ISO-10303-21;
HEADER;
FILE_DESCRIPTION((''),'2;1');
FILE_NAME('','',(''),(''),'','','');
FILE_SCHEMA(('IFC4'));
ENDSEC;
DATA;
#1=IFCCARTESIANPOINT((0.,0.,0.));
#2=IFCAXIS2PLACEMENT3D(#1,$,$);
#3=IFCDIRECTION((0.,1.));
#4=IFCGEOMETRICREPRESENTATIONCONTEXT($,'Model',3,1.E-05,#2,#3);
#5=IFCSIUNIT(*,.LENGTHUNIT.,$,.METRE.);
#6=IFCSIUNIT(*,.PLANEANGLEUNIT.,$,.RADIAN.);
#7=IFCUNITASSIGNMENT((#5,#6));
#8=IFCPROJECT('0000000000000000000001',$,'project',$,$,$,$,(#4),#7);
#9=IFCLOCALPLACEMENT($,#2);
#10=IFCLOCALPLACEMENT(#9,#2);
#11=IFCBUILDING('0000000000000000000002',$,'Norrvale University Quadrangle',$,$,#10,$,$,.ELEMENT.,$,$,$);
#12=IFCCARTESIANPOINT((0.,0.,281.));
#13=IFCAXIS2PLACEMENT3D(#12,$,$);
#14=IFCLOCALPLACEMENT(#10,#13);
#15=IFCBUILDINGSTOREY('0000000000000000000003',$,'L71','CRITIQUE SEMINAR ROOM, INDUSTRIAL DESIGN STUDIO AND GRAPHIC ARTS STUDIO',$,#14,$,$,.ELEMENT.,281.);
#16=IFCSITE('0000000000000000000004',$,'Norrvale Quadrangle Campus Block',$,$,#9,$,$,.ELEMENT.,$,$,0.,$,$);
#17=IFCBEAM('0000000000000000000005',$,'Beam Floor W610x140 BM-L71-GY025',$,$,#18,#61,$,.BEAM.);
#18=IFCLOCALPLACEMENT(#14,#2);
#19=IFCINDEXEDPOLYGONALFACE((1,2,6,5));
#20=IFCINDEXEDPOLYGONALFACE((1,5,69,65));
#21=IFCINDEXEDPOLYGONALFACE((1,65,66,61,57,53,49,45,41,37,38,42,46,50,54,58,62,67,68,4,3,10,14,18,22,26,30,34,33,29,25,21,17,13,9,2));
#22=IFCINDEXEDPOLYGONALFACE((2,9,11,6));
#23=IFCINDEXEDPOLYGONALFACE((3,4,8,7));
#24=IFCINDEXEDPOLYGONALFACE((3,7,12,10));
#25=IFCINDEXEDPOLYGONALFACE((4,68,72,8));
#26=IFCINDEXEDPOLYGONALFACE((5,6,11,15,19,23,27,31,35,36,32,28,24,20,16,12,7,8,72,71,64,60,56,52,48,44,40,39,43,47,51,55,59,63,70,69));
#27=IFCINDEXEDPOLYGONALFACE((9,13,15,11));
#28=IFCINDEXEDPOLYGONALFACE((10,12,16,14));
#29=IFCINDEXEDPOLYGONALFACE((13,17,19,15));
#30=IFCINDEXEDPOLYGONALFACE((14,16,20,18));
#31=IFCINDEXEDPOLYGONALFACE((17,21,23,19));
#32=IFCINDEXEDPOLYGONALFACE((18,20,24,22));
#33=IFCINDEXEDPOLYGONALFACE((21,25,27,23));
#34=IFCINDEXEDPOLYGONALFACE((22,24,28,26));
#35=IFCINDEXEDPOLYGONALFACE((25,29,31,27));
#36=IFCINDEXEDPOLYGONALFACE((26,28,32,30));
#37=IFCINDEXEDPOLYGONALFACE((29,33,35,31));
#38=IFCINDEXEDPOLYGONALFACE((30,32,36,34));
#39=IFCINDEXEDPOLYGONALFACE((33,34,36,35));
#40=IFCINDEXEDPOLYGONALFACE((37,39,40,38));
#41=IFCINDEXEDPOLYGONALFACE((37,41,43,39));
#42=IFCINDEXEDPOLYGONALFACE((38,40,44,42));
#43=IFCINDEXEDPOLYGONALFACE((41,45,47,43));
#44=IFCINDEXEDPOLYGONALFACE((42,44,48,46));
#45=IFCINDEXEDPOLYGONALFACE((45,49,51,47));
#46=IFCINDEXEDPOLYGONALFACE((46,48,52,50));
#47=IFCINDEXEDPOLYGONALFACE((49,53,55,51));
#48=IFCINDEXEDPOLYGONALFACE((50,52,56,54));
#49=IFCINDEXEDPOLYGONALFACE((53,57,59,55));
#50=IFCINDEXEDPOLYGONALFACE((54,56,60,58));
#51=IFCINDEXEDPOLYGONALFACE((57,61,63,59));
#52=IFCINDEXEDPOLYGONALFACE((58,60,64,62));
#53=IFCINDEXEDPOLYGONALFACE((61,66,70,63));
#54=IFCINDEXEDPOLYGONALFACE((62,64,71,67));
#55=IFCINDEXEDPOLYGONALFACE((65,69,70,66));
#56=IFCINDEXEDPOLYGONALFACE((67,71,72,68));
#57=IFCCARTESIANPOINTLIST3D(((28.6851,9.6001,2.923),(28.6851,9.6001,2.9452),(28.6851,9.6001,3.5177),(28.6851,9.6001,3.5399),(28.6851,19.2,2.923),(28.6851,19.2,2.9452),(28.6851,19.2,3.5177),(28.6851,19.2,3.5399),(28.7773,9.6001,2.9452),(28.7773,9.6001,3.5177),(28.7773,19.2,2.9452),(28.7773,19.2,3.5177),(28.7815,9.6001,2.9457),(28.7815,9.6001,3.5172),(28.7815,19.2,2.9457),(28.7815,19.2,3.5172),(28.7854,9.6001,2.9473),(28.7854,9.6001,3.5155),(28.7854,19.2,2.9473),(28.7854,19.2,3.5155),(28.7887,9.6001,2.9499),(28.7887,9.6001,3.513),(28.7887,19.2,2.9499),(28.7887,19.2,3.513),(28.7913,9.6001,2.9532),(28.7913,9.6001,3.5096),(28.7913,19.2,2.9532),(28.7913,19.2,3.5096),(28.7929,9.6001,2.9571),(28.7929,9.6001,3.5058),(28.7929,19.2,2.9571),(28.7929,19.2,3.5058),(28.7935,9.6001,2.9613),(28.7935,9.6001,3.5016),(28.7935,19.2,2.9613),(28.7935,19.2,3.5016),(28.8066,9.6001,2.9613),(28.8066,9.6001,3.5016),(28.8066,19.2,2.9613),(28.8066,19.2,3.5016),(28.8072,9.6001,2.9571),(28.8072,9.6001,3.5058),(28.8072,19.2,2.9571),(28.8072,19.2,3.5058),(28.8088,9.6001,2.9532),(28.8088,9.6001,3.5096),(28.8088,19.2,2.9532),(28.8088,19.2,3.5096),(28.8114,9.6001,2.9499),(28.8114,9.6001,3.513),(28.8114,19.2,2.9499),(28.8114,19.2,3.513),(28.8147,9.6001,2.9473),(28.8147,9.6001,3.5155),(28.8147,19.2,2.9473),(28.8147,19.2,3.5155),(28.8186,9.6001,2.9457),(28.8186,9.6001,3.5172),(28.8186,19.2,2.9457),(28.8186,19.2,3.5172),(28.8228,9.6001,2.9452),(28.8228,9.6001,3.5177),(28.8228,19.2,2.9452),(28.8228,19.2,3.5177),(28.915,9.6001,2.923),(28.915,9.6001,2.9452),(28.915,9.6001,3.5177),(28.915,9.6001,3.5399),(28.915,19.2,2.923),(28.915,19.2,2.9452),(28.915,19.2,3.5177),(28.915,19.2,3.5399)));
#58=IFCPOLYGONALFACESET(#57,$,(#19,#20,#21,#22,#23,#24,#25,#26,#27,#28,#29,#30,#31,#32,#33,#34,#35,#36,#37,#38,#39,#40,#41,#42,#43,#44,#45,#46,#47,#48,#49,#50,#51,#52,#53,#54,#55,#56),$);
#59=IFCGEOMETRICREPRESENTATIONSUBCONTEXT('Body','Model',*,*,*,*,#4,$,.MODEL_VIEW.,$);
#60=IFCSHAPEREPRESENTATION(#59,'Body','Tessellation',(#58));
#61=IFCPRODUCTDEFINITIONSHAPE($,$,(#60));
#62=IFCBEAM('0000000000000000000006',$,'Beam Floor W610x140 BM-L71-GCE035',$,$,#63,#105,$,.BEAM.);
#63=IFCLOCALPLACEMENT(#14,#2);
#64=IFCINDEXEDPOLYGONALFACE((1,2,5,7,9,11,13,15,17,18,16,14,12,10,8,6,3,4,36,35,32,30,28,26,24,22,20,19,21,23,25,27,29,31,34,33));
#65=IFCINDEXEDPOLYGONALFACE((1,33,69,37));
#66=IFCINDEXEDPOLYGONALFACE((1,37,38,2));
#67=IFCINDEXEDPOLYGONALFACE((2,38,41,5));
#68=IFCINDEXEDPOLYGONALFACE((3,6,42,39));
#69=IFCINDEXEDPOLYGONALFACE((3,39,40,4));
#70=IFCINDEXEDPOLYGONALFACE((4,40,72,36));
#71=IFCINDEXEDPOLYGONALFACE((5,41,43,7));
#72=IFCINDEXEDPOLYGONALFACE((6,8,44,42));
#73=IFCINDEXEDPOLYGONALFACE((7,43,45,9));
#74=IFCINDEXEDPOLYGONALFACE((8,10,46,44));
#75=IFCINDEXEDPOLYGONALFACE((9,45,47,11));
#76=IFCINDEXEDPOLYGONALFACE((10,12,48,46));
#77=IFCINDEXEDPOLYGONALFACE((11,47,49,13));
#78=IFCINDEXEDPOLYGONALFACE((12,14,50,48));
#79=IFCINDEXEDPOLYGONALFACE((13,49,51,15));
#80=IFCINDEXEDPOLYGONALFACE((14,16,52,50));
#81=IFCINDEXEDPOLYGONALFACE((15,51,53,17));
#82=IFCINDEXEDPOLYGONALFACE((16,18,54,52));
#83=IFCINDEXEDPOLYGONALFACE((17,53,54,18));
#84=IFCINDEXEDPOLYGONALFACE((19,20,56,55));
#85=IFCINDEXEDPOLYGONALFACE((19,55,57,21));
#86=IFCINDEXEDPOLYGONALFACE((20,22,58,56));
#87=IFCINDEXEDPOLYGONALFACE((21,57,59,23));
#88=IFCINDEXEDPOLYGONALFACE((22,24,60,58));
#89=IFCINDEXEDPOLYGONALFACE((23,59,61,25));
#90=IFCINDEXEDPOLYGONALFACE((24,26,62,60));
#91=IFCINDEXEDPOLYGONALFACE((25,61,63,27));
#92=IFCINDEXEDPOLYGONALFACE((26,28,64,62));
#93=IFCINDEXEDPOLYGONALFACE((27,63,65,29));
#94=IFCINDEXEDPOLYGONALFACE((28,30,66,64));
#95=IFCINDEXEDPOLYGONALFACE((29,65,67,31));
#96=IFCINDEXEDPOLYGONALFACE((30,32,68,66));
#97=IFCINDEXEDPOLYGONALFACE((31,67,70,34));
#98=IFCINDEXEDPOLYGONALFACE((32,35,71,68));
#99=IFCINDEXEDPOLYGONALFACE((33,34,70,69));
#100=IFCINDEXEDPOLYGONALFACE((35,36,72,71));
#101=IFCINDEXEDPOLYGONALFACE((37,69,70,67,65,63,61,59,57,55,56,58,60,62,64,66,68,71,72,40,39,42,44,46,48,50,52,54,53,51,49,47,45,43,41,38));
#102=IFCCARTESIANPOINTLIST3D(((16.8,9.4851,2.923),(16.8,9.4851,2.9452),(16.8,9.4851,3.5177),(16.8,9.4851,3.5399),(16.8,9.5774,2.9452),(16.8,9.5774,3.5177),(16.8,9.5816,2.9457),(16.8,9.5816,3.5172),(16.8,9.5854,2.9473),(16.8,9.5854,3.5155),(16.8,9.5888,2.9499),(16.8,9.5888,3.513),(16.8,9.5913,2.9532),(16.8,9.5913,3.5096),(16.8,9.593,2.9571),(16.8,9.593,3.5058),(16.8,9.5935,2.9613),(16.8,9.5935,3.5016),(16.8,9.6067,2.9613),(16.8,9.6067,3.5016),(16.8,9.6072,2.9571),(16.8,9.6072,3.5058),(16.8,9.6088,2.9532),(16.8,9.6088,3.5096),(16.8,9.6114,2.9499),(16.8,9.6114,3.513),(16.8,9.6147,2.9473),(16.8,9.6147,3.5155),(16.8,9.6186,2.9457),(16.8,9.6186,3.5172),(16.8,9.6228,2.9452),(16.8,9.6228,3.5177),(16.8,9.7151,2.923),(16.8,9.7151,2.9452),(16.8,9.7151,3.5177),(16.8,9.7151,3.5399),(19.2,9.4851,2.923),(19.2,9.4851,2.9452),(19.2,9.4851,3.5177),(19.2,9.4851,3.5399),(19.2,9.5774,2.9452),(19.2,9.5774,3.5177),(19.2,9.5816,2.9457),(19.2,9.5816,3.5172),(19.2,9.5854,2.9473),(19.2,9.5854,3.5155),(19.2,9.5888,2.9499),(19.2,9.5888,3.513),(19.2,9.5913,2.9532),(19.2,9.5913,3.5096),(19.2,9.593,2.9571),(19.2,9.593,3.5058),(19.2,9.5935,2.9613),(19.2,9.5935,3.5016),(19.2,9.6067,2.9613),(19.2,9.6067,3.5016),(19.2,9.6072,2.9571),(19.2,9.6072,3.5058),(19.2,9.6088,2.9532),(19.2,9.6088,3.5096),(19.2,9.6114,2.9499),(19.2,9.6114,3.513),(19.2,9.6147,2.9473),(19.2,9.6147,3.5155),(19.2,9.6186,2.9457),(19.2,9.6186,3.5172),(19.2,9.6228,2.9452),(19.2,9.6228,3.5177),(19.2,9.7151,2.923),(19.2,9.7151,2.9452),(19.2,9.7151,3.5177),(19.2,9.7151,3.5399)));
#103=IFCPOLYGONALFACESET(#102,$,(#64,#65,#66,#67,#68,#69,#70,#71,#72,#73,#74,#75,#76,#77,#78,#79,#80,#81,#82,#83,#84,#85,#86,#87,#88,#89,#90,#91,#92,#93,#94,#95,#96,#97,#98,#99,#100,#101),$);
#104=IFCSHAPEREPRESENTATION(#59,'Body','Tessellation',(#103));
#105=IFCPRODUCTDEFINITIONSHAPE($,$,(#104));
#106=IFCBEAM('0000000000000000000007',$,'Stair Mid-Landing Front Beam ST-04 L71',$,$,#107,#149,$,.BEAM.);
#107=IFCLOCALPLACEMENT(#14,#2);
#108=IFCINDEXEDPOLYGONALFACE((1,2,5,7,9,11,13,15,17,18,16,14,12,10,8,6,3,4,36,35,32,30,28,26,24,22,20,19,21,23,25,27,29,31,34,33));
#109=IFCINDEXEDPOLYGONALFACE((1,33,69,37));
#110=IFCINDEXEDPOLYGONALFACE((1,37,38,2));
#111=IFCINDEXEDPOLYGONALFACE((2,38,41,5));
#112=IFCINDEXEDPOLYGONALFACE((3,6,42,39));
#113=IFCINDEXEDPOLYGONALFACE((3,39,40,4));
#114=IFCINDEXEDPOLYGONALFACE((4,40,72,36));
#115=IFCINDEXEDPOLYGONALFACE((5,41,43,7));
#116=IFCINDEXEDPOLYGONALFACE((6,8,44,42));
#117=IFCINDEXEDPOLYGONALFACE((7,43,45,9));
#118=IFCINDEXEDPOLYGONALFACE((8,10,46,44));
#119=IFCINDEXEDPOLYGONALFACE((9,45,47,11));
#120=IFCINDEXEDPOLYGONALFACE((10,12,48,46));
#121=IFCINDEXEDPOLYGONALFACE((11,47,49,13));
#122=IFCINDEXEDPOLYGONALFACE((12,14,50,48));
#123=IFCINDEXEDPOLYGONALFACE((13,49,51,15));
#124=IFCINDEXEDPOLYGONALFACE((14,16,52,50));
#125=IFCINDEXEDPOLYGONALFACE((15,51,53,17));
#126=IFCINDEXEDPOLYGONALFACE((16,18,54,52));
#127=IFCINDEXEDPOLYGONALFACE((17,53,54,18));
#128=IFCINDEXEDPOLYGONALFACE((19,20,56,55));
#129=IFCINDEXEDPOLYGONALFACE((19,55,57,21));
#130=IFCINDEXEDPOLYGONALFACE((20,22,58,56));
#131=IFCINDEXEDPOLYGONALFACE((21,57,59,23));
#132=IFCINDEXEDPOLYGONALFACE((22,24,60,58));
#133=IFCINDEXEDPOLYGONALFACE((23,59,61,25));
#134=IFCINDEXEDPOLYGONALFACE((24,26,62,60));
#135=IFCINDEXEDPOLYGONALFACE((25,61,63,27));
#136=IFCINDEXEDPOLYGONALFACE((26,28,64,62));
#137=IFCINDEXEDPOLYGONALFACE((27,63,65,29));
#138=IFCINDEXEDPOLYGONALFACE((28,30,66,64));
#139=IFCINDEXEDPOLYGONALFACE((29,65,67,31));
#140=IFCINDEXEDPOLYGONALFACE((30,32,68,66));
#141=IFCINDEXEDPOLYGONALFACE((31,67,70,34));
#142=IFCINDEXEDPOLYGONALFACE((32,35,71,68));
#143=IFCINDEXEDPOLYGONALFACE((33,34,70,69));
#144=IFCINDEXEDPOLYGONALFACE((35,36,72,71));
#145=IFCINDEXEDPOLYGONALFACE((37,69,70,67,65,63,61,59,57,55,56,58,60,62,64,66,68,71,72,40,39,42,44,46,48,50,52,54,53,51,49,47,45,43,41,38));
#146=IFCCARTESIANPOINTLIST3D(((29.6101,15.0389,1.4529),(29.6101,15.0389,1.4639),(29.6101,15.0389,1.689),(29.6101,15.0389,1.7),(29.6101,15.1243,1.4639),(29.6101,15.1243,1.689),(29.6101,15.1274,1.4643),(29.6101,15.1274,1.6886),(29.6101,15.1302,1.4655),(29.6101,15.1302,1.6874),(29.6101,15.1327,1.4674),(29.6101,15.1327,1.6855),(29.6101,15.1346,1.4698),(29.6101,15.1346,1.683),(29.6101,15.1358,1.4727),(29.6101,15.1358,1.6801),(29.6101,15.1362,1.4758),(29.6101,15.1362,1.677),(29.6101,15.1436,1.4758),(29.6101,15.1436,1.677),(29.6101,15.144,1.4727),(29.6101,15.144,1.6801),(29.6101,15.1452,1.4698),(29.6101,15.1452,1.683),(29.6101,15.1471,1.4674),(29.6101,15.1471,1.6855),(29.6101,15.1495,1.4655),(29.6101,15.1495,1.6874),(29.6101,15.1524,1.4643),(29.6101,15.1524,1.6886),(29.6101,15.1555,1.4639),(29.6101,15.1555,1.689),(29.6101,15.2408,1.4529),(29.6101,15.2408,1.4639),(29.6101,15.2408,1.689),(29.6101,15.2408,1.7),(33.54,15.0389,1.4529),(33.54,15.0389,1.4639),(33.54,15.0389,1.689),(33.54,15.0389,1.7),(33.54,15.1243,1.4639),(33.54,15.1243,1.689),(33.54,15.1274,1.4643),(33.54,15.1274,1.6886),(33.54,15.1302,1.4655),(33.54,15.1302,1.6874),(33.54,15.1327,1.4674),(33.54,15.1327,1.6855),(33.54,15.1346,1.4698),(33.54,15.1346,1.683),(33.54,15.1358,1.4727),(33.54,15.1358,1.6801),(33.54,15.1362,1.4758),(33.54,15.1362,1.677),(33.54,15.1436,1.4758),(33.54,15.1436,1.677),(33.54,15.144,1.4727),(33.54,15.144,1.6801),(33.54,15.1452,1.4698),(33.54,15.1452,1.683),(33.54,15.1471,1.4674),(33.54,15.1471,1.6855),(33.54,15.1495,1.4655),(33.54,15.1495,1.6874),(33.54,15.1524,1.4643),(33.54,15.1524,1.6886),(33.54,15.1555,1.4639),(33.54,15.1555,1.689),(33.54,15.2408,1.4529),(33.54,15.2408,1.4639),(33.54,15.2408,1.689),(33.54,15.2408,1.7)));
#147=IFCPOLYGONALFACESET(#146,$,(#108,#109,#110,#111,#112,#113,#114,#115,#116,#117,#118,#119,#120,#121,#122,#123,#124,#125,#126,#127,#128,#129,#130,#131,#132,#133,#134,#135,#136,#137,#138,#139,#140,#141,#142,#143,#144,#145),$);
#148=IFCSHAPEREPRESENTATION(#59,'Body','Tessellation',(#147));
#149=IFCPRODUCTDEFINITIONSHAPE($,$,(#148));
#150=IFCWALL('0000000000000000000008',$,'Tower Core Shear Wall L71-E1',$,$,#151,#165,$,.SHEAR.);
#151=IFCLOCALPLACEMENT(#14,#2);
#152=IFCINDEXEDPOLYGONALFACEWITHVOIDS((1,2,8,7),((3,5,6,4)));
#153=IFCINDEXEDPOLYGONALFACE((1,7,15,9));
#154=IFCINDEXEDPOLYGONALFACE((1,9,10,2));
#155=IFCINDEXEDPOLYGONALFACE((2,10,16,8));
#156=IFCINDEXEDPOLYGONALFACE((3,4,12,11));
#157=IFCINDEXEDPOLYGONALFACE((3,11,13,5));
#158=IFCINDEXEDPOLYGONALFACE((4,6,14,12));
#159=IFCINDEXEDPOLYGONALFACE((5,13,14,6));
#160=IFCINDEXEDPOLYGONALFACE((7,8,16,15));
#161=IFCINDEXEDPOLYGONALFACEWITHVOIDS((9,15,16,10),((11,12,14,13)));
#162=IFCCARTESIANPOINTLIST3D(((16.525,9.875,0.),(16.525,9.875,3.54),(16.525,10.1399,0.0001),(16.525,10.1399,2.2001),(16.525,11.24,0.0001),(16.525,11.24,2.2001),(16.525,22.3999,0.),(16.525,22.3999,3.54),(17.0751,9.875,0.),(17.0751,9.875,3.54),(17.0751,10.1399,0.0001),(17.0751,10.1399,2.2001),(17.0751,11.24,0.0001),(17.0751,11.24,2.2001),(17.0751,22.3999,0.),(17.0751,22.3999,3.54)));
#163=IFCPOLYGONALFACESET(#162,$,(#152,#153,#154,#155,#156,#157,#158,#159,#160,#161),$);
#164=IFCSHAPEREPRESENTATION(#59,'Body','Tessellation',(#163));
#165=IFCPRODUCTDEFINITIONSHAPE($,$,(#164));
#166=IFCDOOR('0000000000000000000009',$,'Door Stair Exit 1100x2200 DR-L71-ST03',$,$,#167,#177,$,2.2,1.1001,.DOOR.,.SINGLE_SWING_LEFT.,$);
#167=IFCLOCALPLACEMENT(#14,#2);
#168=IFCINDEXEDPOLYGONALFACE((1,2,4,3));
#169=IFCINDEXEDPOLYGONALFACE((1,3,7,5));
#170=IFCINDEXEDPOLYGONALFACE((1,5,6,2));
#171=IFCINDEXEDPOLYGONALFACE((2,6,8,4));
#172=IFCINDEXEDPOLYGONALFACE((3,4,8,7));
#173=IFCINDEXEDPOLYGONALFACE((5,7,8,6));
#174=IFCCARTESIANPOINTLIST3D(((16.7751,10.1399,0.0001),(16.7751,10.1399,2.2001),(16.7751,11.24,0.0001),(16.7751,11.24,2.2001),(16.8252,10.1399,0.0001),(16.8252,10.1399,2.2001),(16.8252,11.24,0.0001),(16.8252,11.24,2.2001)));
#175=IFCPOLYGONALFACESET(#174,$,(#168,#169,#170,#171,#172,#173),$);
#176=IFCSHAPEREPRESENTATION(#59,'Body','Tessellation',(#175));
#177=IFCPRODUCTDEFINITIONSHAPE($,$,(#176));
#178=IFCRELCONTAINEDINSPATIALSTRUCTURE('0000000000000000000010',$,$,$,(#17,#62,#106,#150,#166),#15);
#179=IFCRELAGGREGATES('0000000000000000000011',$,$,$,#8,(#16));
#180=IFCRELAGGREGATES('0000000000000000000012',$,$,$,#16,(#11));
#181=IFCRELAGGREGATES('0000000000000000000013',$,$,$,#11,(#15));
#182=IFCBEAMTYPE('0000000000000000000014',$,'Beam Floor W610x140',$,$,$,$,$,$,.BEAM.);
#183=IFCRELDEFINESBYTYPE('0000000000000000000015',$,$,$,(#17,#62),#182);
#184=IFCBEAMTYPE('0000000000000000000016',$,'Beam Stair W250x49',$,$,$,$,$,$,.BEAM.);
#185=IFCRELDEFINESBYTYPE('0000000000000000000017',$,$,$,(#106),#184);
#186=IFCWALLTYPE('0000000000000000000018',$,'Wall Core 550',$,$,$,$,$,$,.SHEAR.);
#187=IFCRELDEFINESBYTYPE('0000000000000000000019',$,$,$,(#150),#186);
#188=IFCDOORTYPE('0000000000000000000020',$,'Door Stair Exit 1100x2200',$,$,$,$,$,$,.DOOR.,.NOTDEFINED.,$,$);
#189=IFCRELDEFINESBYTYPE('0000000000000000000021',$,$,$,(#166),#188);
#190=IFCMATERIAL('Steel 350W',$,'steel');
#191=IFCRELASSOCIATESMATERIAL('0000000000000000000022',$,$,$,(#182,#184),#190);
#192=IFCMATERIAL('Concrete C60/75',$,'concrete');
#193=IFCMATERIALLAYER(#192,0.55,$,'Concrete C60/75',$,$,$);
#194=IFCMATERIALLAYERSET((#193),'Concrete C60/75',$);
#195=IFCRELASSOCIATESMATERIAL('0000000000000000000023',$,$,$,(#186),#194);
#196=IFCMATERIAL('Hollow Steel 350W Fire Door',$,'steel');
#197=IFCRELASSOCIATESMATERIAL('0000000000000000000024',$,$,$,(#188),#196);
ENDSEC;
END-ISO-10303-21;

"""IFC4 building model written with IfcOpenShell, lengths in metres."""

from ifc_helpers import new_model, si_unit, direction, frame, frame_2d, origin, origin_2d, place, context, subcontext, project, spatial, rectangle, i_section, extrude, material, layer, layer_set, material_profile, profile_set, type_object, element, fill, save


model = new_model("IFC4")

# Units and contexts
model_context = context("Model", 3, precision=1e-05, world=origin(), true_north=direction((0.0, 1.0)))
body_context = subcontext(model_context, "Body", "Model", "MODEL_VIEW")
ifc_project = project(units=[si_unit("LENGTHUNIT", "METRE"), si_unit("PLANEANGLEUNIT", "RADIAN")], contexts=[model_context])

# Site, building, storey
site_placement = place(None, origin())
site = spatial("IfcSite", under=ifc_project, at=site_placement, Name="Norrvale Quadrangle Campus Block", CompositionType="ELEMENT", RefElevation=0.0)
building_placement = place(site_placement, origin())
building = spatial("IfcBuilding", under=site, at=building_placement, Name="Norrvale University Quadrangle", CompositionType="ELEMENT")
storey_placement = place(building_placement, frame((0.0, 0.0, 281.0)))
storey = spatial("IfcBuildingStorey", under=building, at=storey_placement, Name="L71", Description="CRITIQUE SEMINAR ROOM, INDUSTRIAL DESIGN STUDIO AND GRAPHIC ARTS STUDIO", CompositionType="ELEMENT", Elevation=281.0)

# Shared definitions
ifc_material_1 = material(Name="Concrete C60/75", Category="concrete")

# Beams
ifc_material_2 = material(Name="Steel 350W", Category="steel")
ifc_material_profile_1 = material_profile(ifc_material_2, i_section(OverallWidth=0.23, OverallDepth=0.6169, WebThickness=0.0132, FlangeThickness=0.0222, FilletRadius=0.0161, at=origin_2d()), Name="Steel 350W")
ifc_profile_set_1 = profile_set([ifc_material_profile_1], Name="Steel 350W")
beam_type_1 = type_object("IfcBeamType", Name="Beam Floor W610x140", PredefinedType="BEAM", material=ifc_profile_set_1)
beam_1_placement = place(storey_placement, frame((28.8, 9.6001, 3.2314), z_axis=(0.0, 1.0, 0.0), x_axis=(-1.0, 0.0, 0.0)))
element("IfcBeam", 1, at=beam_1_placement, inside=storey, type_object=beam_type_1, Name="Beam Floor W610x140 BM-L71-GY025", PredefinedType="BEAM", context=body_context, shape_type="SweptSolid", body=[
    extrude(i_section(OverallWidth=0.23, OverallDepth=0.6169, WebThickness=0.0132, FlangeThickness=0.0222, FilletRadius=0.0161, at=origin_2d()), origin(), (0.0, 0.0, 1.0), 9.5999),
])
beam_2_placement = place(storey_placement, frame((16.8, 9.6001, 3.2314), z_axis=(1.0, 0.0, 0.0), x_axis=(0.0, 1.0, 0.0)))
element("IfcBeam", 2, at=beam_2_placement, inside=storey, type_object=beam_type_1, Name="Beam Floor W610x140 BM-L71-GCE035", PredefinedType="BEAM", context=body_context, shape_type="SweptSolid", body=[
    extrude(i_section(OverallWidth=0.23, OverallDepth=0.6169, WebThickness=0.0132, FlangeThickness=0.0222, FilletRadius=0.0161, at=origin_2d()), origin(), (0.0, 0.0, 1.0), 2.3999),
])
ifc_material_profile_2 = material_profile(ifc_material_2, i_section(OverallWidth=0.2019, OverallDepth=0.2471, WebThickness=0.0073, FlangeThickness=0.011, FilletRadius=0.012, at=origin_2d()), Name="Steel 350W")
ifc_profile_set_2 = profile_set([ifc_material_profile_2], Name="Steel 350W")
beam_type_2 = type_object("IfcBeamType", Name="Beam Stair W250x49", PredefinedType="BEAM", material=ifc_profile_set_2)
beam_3_placement = place(storey_placement, frame((29.6101, 15.1399, 1.5764), z_axis=(1.0, 0.0, 0.0), x_axis=(0.0, 1.0, 0.0)))
element("IfcBeam", 3, at=beam_3_placement, inside=storey, type_object=beam_type_2, Name="Stair Mid-Landing Front Beam ST-04 L71", PredefinedType="BEAM", context=body_context, shape_type="SweptSolid", body=[
    extrude(i_section(OverallWidth=0.2019, OverallDepth=0.2471, WebThickness=0.0073, FlangeThickness=0.011, FilletRadius=0.012, at=origin_2d()), origin(), (0.0, 0.0, 1.0), 3.9299),
])

# Wall, opening, door
ifc_layer_1 = layer(ifc_material_1, 0.55, Name="Concrete C60/75")
ifc_layer_set_1 = layer_set([ifc_layer_1], Name="Concrete C60/75")
wall_type_1 = type_object("IfcWallType", Name="Wall Core 550", PredefinedType="SHEAR", material=ifc_layer_set_1)
wall_1_placement = place(storey_placement, frame((16.8, 9.875, 0.0), z_axis=(0.0, 0.0, 1.0), x_axis=(0.0, 1.0, 0.0)))
wall_1 = element("IfcWall", 4, at=wall_1_placement, inside=storey, type_object=wall_type_1, Name="Tower Core Shear Wall L71-E1", PredefinedType="SHEAR", context=body_context, shape_type="SweptSolid", body=[
    extrude(rectangle(XDim=12.5249, YDim=0.55, at=frame_2d((6.2625, 0.0))), origin(), (0.0, 0.0, 1.0), 3.54),
])
opening_1_placement = place(wall_1_placement, frame((0.2649, 0.0, 0.0)))
opening_1 = element("IfcOpeningElement", 5, at=opening_1_placement, cuts=wall_1, PredefinedType="OPENING", context=body_context, shape_type="SweptSolid", body=[
    extrude(rectangle(XDim=1.1001, YDim=2.2, at=frame_2d((0.55, 1.1001))), frame((0.0, 0.2871, 0.0), z_axis=(0.0, -1.0, 0.0), x_axis=(1.0, 0.0, 0.0)), (0.0, 0.0, 1.0), 0.574),
])
ifc_material_3 = material(Name="Hollow Steel 350W Fire Door", Category="steel")
door_type_1 = type_object("IfcDoorType", Name="Door Stair Exit 1100x2200", OperationType="NOTDEFINED", PredefinedType="DOOR", material=ifc_material_3)
door_1_placement = place(opening_1_placement, origin())
door_1 = element("IfcDoor", 6, at=door_1_placement, inside=storey, type_object=door_type_1, Name="Door Stair Exit 1100x2200 DR-L71-ST03", OperationType="SINGLE_SWING_LEFT", OverallHeight=2.2, OverallWidth=1.1001, PredefinedType="DOOR", context=body_context, shape_type="SweptSolid", body=[
    extrude(rectangle(XDim=1.1001, YDim=2.2, at=frame_2d((0.55, 1.1001))), frame((0.0, 0.0249, 0.0), z_axis=(0.0, -1.0, 0.0), x_axis=(1.0, 0.0, 0.0)), (0.0, 0.0, 1.0), 0.05),
])
fill(opening_1, door_1)

save(model, "model.ifc")
